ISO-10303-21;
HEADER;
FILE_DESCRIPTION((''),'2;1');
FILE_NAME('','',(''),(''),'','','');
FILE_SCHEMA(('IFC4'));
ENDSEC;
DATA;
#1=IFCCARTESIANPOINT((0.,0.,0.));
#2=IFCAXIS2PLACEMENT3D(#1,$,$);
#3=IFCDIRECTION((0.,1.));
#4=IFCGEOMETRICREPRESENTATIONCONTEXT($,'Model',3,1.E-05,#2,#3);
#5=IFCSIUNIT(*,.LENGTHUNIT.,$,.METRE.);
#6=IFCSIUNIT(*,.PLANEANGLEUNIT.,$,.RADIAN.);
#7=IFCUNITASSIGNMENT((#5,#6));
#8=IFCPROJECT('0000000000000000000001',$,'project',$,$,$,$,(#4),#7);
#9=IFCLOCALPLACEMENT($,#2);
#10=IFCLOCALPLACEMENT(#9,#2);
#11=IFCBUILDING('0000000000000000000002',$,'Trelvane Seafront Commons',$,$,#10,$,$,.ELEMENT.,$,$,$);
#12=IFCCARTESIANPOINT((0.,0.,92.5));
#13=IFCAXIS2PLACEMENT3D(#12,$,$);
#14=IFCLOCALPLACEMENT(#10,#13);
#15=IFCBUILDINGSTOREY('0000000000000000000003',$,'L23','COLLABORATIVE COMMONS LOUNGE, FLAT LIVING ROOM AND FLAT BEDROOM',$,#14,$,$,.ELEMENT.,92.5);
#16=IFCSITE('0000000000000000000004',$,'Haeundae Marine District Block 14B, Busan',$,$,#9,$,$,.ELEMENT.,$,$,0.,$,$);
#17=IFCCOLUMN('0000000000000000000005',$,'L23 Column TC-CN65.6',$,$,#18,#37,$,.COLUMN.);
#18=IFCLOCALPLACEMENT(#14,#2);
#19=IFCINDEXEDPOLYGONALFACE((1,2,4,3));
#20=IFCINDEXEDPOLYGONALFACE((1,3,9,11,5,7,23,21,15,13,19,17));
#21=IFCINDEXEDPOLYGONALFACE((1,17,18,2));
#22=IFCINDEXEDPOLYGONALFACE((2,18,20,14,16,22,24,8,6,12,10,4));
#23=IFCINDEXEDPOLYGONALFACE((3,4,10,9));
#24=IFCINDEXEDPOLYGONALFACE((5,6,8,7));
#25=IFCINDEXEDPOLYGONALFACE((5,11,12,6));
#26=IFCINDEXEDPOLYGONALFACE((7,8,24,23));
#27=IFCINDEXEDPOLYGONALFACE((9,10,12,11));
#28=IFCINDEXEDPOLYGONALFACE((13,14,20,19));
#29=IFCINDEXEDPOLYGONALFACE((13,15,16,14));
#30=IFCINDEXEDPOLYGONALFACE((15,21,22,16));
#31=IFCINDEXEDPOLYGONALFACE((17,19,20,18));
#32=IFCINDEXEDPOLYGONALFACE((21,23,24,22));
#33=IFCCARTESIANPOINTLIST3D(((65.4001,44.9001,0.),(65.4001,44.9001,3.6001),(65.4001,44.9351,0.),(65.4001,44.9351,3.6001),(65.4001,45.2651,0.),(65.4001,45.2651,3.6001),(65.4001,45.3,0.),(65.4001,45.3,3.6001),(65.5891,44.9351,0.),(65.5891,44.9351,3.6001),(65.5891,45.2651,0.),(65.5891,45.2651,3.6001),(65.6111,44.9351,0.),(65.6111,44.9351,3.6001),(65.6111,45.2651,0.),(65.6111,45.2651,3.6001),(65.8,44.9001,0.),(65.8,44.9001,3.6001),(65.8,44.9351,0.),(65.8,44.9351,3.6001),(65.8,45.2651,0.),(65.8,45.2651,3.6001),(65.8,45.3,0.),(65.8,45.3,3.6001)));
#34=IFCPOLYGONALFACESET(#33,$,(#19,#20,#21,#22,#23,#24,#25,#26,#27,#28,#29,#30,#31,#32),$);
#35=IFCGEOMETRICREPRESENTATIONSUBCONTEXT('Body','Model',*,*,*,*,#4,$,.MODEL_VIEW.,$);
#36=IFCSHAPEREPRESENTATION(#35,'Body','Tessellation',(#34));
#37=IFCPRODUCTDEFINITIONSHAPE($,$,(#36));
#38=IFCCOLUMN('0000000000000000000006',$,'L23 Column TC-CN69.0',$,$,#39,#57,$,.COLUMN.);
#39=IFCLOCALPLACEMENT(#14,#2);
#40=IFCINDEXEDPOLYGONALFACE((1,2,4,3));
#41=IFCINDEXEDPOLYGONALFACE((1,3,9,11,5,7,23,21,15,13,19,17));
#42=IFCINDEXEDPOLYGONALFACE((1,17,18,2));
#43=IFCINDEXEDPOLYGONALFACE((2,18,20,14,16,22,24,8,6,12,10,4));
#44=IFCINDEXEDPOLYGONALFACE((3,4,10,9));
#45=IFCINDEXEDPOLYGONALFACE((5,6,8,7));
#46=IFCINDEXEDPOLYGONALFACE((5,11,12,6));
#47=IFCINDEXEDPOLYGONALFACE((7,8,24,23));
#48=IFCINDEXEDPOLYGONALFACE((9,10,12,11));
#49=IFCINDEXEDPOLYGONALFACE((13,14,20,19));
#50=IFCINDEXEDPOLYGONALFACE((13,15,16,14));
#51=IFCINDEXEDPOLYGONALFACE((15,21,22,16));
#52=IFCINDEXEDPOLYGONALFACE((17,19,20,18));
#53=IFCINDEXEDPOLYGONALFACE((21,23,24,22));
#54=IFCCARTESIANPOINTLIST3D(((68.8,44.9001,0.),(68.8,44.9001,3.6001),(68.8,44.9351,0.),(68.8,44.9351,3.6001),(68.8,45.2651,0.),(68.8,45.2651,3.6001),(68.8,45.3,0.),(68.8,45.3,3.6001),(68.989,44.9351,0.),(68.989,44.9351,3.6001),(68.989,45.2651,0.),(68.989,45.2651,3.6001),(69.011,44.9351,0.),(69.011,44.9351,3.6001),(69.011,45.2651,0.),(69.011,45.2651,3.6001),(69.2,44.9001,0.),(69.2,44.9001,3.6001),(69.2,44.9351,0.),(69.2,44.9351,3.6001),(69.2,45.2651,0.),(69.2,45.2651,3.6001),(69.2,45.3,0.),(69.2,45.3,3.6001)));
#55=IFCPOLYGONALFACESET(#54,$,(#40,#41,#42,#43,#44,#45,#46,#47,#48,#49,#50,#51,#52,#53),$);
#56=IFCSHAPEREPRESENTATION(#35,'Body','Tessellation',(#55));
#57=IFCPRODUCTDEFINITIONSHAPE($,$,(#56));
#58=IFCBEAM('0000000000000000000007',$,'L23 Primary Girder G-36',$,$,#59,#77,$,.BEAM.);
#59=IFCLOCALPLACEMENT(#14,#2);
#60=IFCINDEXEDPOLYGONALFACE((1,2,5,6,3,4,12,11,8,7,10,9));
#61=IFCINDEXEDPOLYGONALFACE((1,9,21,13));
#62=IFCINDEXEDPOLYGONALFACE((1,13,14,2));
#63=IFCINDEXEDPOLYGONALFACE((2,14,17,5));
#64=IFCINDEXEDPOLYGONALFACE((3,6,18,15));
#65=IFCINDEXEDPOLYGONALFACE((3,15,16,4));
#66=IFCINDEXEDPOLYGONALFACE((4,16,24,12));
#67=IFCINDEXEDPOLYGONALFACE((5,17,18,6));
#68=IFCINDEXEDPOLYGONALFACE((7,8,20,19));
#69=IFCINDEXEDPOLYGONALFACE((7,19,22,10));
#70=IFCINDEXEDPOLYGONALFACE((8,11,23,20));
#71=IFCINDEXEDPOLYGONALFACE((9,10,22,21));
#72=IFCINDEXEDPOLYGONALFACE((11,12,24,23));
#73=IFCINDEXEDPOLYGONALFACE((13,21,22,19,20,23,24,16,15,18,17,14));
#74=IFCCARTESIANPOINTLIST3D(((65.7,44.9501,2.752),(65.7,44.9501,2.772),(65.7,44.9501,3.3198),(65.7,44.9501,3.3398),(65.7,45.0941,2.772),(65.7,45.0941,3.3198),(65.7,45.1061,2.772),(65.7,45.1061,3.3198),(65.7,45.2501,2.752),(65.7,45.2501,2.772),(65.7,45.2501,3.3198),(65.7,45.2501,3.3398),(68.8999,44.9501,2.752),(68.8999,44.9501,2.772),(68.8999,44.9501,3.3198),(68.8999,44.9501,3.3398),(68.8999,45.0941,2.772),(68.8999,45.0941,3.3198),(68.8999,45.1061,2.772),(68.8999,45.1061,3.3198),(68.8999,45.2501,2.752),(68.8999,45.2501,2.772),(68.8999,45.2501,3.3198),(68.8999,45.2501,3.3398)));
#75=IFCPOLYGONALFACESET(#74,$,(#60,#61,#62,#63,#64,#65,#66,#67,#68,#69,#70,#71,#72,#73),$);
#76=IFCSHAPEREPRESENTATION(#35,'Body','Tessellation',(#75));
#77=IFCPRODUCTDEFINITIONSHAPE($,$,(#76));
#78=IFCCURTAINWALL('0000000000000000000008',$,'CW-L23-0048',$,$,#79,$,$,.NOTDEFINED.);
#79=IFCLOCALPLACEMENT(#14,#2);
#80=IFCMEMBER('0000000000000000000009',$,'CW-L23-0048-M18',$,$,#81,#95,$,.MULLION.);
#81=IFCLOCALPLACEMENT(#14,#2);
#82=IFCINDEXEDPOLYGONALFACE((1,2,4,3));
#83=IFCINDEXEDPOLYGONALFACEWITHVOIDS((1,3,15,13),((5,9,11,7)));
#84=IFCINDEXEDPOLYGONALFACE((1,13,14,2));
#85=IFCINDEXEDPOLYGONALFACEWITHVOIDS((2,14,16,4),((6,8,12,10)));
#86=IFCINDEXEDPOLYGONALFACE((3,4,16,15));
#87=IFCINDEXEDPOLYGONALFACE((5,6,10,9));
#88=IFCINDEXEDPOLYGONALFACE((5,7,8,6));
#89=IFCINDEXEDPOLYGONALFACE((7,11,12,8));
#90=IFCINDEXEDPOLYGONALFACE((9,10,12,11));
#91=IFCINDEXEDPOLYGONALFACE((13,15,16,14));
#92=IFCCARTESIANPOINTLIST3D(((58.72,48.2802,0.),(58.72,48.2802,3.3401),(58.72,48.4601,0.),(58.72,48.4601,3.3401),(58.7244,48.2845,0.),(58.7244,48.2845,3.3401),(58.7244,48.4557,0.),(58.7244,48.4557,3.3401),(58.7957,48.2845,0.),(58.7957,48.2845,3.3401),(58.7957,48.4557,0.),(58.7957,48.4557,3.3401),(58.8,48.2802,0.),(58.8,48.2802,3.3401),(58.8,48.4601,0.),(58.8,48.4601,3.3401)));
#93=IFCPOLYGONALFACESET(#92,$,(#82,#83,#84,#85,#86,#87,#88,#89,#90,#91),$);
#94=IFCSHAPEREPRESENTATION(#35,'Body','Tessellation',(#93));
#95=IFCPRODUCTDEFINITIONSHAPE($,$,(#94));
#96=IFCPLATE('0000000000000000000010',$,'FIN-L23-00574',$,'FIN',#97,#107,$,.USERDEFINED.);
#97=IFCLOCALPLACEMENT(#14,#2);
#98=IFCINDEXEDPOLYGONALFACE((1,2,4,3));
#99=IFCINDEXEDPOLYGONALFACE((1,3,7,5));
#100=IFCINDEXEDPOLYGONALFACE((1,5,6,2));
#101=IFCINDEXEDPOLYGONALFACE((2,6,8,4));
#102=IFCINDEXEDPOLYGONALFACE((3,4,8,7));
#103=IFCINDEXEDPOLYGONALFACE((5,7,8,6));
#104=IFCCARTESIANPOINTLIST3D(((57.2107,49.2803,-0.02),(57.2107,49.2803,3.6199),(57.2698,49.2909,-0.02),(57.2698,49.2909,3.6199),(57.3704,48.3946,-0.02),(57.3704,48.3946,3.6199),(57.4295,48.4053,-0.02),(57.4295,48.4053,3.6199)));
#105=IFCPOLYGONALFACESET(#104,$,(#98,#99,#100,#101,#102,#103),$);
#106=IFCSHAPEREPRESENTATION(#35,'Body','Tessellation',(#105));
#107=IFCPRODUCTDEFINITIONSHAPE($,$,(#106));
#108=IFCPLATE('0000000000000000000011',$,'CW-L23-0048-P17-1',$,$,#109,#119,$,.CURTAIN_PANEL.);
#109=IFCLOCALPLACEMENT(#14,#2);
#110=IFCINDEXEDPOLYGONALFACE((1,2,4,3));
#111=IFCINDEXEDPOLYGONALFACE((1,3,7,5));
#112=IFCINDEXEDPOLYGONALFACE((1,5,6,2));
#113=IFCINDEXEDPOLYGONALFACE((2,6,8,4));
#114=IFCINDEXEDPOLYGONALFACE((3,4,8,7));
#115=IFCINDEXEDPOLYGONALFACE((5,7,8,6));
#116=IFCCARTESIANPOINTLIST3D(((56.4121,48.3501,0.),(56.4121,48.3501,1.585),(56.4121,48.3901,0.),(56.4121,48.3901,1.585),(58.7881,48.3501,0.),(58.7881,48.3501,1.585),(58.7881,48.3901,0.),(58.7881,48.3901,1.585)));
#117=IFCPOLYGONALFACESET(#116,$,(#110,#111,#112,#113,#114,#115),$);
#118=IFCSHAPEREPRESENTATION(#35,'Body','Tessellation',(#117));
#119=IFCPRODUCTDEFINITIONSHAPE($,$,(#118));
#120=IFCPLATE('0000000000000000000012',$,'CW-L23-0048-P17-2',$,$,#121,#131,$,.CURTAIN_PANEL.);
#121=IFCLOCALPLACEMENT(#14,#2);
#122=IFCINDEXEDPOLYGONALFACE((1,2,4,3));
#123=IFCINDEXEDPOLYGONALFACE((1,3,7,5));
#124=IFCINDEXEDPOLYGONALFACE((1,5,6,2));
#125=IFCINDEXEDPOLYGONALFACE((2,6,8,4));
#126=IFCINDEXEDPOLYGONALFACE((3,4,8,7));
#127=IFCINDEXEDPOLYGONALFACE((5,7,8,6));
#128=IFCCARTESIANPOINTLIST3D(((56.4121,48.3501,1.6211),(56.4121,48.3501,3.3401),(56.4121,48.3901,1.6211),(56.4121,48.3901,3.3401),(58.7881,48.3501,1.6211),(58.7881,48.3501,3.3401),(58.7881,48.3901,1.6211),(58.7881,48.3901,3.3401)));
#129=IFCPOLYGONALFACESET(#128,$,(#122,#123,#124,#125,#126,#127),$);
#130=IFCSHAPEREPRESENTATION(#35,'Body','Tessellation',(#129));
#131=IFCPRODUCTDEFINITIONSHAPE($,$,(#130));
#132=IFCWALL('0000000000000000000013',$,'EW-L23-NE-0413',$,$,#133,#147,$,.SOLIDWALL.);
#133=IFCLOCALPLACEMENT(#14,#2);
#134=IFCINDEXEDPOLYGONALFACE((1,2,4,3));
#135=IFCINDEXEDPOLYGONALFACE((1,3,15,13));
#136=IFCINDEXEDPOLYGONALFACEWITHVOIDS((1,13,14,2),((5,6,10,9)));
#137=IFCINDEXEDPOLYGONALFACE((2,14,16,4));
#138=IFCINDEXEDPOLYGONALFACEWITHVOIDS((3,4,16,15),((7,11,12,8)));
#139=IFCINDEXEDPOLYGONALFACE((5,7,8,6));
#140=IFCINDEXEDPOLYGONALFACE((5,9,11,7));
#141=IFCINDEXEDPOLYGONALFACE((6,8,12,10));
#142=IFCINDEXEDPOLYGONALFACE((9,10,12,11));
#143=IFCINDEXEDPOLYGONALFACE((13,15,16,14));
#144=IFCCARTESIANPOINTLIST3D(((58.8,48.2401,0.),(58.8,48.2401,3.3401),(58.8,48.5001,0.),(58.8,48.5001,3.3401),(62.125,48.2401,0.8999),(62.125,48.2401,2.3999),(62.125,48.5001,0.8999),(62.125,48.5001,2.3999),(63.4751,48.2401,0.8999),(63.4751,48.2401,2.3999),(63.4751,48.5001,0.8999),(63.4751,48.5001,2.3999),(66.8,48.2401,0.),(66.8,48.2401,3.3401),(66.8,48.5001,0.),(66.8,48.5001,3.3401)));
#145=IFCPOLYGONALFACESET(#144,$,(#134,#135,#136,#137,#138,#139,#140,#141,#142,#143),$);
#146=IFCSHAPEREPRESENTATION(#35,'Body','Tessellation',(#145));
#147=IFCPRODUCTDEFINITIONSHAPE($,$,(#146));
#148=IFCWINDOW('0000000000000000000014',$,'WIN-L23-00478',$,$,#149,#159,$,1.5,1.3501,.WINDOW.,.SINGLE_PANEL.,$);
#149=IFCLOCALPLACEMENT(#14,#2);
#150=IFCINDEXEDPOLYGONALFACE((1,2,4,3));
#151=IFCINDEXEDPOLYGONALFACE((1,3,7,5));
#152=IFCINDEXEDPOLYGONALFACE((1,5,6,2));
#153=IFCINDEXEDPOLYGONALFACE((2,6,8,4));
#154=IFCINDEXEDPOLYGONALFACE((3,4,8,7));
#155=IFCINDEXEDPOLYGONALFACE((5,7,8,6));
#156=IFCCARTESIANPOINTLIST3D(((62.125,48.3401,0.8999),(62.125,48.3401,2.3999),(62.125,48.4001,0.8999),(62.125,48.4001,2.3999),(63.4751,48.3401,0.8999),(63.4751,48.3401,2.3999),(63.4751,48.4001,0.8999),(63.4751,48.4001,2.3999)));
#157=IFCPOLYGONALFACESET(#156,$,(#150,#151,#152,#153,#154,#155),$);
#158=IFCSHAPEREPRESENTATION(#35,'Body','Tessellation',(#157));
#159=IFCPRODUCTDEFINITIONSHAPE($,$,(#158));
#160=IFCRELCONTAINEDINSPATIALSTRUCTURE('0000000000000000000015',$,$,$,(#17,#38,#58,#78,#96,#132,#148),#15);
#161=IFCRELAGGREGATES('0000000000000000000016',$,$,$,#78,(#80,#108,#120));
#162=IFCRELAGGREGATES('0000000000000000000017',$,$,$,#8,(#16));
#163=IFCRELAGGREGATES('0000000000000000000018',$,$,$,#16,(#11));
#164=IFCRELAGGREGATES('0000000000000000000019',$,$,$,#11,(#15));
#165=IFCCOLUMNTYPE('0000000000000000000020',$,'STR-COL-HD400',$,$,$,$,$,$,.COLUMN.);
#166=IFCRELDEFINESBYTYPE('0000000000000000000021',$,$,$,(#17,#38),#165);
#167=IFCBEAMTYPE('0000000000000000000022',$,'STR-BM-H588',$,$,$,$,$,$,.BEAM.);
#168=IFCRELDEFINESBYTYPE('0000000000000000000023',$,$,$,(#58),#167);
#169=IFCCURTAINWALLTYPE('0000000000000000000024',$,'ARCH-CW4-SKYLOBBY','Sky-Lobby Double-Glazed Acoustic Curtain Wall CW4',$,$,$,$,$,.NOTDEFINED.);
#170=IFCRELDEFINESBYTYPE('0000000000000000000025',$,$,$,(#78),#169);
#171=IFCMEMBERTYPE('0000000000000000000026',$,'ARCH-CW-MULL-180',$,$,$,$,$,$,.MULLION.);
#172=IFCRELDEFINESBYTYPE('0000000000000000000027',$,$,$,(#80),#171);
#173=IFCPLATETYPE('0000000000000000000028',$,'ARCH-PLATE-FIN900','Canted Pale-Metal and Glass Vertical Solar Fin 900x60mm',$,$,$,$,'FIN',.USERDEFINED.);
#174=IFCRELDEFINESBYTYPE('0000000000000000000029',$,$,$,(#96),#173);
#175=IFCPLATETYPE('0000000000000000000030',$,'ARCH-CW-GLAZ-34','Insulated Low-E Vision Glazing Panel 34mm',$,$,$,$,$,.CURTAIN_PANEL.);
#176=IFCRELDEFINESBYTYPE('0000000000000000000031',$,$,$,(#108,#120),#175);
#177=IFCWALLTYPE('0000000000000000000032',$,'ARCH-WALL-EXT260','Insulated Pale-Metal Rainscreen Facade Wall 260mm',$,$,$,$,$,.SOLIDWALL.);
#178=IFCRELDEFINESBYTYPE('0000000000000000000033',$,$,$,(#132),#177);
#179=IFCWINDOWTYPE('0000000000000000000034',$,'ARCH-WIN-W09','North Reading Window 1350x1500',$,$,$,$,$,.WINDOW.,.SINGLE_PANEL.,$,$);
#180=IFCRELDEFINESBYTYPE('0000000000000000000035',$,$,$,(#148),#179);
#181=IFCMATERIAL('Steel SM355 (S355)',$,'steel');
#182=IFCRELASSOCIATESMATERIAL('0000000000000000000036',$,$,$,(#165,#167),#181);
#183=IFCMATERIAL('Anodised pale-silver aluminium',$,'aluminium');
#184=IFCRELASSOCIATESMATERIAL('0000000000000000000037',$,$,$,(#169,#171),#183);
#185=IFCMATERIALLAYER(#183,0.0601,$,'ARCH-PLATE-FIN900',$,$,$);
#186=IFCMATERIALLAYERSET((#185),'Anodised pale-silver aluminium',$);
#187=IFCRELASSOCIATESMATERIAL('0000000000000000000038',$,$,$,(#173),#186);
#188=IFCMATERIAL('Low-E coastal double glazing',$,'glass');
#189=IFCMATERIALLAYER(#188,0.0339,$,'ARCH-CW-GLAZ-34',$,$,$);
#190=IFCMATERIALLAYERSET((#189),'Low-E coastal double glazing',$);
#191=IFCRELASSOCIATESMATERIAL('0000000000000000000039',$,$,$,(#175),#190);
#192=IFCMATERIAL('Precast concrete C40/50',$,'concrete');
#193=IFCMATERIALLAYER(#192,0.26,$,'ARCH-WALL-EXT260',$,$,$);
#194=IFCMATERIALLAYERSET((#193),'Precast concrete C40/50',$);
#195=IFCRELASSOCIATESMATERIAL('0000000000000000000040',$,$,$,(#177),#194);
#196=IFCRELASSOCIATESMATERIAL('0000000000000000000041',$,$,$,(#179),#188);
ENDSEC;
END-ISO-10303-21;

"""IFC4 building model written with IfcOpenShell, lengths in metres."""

from ifc_helpers import new_model, si_unit, direction, frame, frame_2d, origin, origin_2d, place, context, subcontext, project, spatial, rectangle, hollow_rectangle, i_section, extrude, source, transform, mapped, material, layer, layer_set, material_profile, profile_set, type_object, element, fill, aggregate, save


model = new_model("IFC4")

# Units and contexts
model_context = context("Model", 3, precision=1e-05, world=origin(), true_north=direction((0.0, 1.0)))
body_context = subcontext(model_context, "Body", "Model", "MODEL_VIEW")
ifc_project = project(units=[si_unit("LENGTHUNIT", "METRE"), si_unit("PLANEANGLEUNIT", "RADIAN")], contexts=[model_context])

# Site, building, storey
site_placement = place(None, origin())
site = spatial("IfcSite", under=ifc_project, at=site_placement, Name="Haeundae Marine District Block 14B, Busan", CompositionType="ELEMENT", RefElevation=0.0)
building_placement = place(site_placement, origin())
building = spatial("IfcBuilding", under=site, at=building_placement, Name="Trelvane Seafront Commons", CompositionType="ELEMENT")
storey_placement = place(building_placement, frame((0.0, 0.0, 92.5)))
storey = spatial("IfcBuildingStorey", under=building, at=storey_placement, Name="L23", Description="COLLABORATIVE COMMONS LOUNGE, FLAT LIVING ROOM AND FLAT BEDROOM", CompositionType="ELEMENT", Elevation=92.5)

# Columns
ifc_material_1 = material(Name="Steel SM355 (S355)", Category="steel")
ifc_material_profile_1 = material_profile(ifc_material_1, i_section(OverallWidth=0.3999, OverallDepth=0.3999, WebThickness=0.022, FlangeThickness=0.0349, at=origin_2d()), Name="HD-400x400x22x35")
ifc_profile_set_1 = profile_set([ifc_material_profile_1], Name="Steel SM355 (S355)")
column_type = type_object("IfcColumnType", Name="STR-COL-HD400", PredefinedType="COLUMN", material=ifc_profile_set_1)
shared_shape_1 = source(origin(), body_context, "Body", "SweptSolid", [
    extrude(i_section(OverallWidth=0.3999, OverallDepth=0.3999, WebThickness=0.022, FlangeThickness=0.0349, at=origin_2d()), origin(), (0.0, 0.0, 1.0), 3.6001),
])
for number, where, z_axis, x_axis, name in (
    (1, (65.6001, 45.1001, 0.0), (0.0, 0.0, 1.0), (1.0, 0.0, 0.0), "L23 Column TC-CN65.6"),
    (2, (69.0, 45.1001, 0.0), (0.0, 0.0, 1.0), (1.0, 0.0, 0.0), "L23 Column TC-CN69.0"),
):
    element("IfcColumn", number, at=place(storey_placement, frame(where, z_axis=z_axis, x_axis=x_axis)), inside=storey, type_object=column_type, Name=name, PredefinedType="COLUMN", context=body_context, shape_type="MappedRepresentation", body=[
        mapped(shared_shape_1, transform((0.0, 0.0, 0.0), x_axis=(1.0, 0.0, 0.0), y_axis=(0.0, 1.0, 0.0), z_axis=(0.0, 0.0, 1.0), scale=1.0)),
    ])

# Beam
ifc_material_profile_2 = material_profile(ifc_material_1, i_section(OverallWidth=0.3, OverallDepth=0.5879, WebThickness=0.012, FlangeThickness=0.02, at=origin_2d()), Name="H-588x300x12x20")
ifc_profile_set_2 = profile_set([ifc_material_profile_2], Name="Steel SM355 (S355)")
beam_type = type_object("IfcBeamType", Name="STR-BM-H588", PredefinedType="BEAM", material=ifc_profile_set_2)
shared_shape_2 = source(origin(), body_context, "Body", "SweptSolid", [
    extrude(i_section(OverallWidth=0.3, OverallDepth=0.5879, WebThickness=0.012, FlangeThickness=0.02, at=origin_2d()), origin(), (0.0, 0.0, 1.0), 3.2),
])
beam_placement = place(storey_placement, frame((65.7, 45.1001, 3.0459), z_axis=(1.0, 0.0, 0.0), x_axis=(0.0, 1.0, 0.0)))
element("IfcBeam", 3, at=beam_placement, inside=storey, type_object=beam_type, Name="L23 Primary Girder G-36", PredefinedType="BEAM", context=body_context, shape_type="MappedRepresentation", body=[
    mapped(shared_shape_2, transform((0.0, 0.0, 0.0), x_axis=(1.0, 0.0, 0.0), y_axis=(0.0, 1.0, 0.0), z_axis=(0.0, 0.0, 1.0), scale=1.0)),
])

# Curtain wall, member
ifc_material_2 = material(Name="Anodised pale-silver aluminium", Category="aluminium")
curtain_wall_type = type_object("IfcCurtainWallType", Name="ARCH-CW4-SKYLOBBY", Description="Sky-Lobby Double-Glazed Acoustic Curtain Wall CW4", PredefinedType="NOTDEFINED", material=ifc_material_2)
curtain_wall_placement = place(storey_placement, origin())
curtain_wall = element("IfcCurtainWall", 4, at=curtain_wall_placement, inside=storey, type_object=curtain_wall_type, Name="CW-L23-0048", PredefinedType="NOTDEFINED")
ifc_material_profile_3 = material_profile(ifc_material_2, hollow_rectangle(XDim=0.0801, YDim=0.1799, WallThickness=0.0044, at=origin_2d()), Name="MULL-80x180x4.5")
ifc_profile_set_3 = profile_set([ifc_material_profile_3], Name="Anodised pale-silver aluminium")
member_type = type_object("IfcMemberType", Name="ARCH-CW-MULL-180", PredefinedType="MULLION", material=ifc_profile_set_3)
shared_shape_3 = source(origin(), body_context, "Body", "SweptSolid", [
    extrude(hollow_rectangle(XDim=0.0801, YDim=0.1799, WallThickness=0.0044, at=origin_2d()), origin(), (0.0, 0.0, 1.0), 3.3401),
])
member_placement = place(storey_placement, frame((58.76, 48.3701, 0.0), z_axis=(0.0, 0.0, 1.0), x_axis=(1.0, 0.0, 0.0)))
member = element("IfcMember", 5, at=member_placement, type_object=member_type, Name="CW-L23-0048-M18", PredefinedType="MULLION", context=body_context, shape_type="MappedRepresentation", body=[
    mapped(shared_shape_3, transform((0.0, 0.0, 0.0), x_axis=(1.0, 0.0, 0.0), y_axis=(0.0, 1.0, 0.0), z_axis=(0.0, 0.0, 1.0), scale=1.0)),
])

# Plates
ifc_layer_1 = layer(ifc_material_2, 0.0601, Name="ARCH-PLATE-FIN900")
ifc_layer_set_1 = layer_set([ifc_layer_1], Name="Anodised pale-silver aluminium")
plate_type_1 = type_object("IfcPlateType", Name="ARCH-PLATE-FIN900", Description="Canted Pale-Metal and Glass Vertical Solar Fin 900x60mm", ElementType="FIN", PredefinedType="USERDEFINED", material=ifc_layer_set_1)
shared_shape_4 = source(origin(), body_context, "Body", "SweptSolid", [
    extrude(rectangle(XDim=0.8999, YDim=0.0601, at=origin_2d()), origin(), (0.0, 0.0, 1.0), 3.6399),
])
plate_1_placement = place(storey_placement, frame((57.3201, 48.8428, -0.02), z_axis=(0.0, 0.0, 1.0), x_axis=(-0.177447, 0.98413, 0.0)))
element("IfcPlate", 6, at=plate_1_placement, inside=storey, type_object=plate_type_1, Name="FIN-L23-00574", ObjectType="FIN", PredefinedType="USERDEFINED", context=body_context, shape_type="MappedRepresentation", body=[
    mapped(shared_shape_4, transform((0.0, 0.0, 0.0), x_axis=(1.0, 0.0, 0.0), y_axis=(0.0, 1.0, 0.0), z_axis=(0.0, 0.0, 1.0), scale=1.0)),
])
ifc_material_3 = material(Name="Low-E coastal double glazing", Category="glass")
ifc_layer_2 = layer(ifc_material_3, 0.0339, Name="ARCH-CW-GLAZ-34")
ifc_layer_set_2 = layer_set([ifc_layer_2], Name="Low-E coastal double glazing")
plate_type_2 = type_object("IfcPlateType", Name="ARCH-CW-GLAZ-34", Description="Insulated Low-E Vision Glazing Panel 34mm", PredefinedType="CURTAIN_PANEL", material=ifc_layer_set_2)
shared_shape_5 = source(origin(), body_context, "Body", "SweptSolid", [
    extrude(rectangle(XDim=2.376, YDim=0.04, at=origin_2d()), origin(), (0.0, 0.0, 1.0), 1.585),
])
plate_2_placement = place(storey_placement, frame((57.6001, 48.3701, 0.0), z_axis=(0.0, 0.0, 1.0), x_axis=(1.0, 0.0, 0.0)))
plate_2 = element("IfcPlate", 7, at=plate_2_placement, type_object=plate_type_2, Name="CW-L23-0048-P17-1", PredefinedType="CURTAIN_PANEL", context=body_context, shape_type="MappedRepresentation", body=[
    mapped(shared_shape_5, transform((0.0, 0.0, 0.0), x_axis=(1.0, 0.0, 0.0), y_axis=(0.0, 1.0, 0.0), z_axis=(0.0, 0.0, 1.0), scale=1.0)),
])
shared_shape_6 = source(origin(), body_context, "Body", "SweptSolid", [
    extrude(rectangle(XDim=2.376, YDim=0.04, at=origin_2d()), origin(), (0.0, 0.0, 1.0), 1.719),
])
plate_3_placement = place(storey_placement, frame((57.6001, 48.3701, 1.6211), z_axis=(0.0, 0.0, 1.0), x_axis=(1.0, 0.0, 0.0)))
plate_3 = element("IfcPlate", 8, at=plate_3_placement, type_object=plate_type_2, Name="CW-L23-0048-P17-2", PredefinedType="CURTAIN_PANEL", context=body_context, shape_type="MappedRepresentation", body=[
    mapped(shared_shape_6, transform((0.0, 0.0, 0.0), x_axis=(1.0, 0.0, 0.0), y_axis=(0.0, 1.0, 0.0), z_axis=(0.0, 0.0, 1.0), scale=1.0)),
])
aggregate(curtain_wall, [member, plate_2, plate_3])

# Wall, opening, window
ifc_material_4 = material(Name="Precast concrete C40/50", Category="concrete")
ifc_layer_3 = layer(ifc_material_4, 0.26, Name="ARCH-WALL-EXT260")
ifc_layer_set_3 = layer_set([ifc_layer_3], Name="Precast concrete C40/50")
wall_type = type_object("IfcWallType", Name="ARCH-WALL-EXT260", Description="Insulated Pale-Metal Rainscreen Facade Wall 260mm", PredefinedType="SOLIDWALL", material=ifc_layer_set_3)
wall_1_placement = place(storey_placement, frame((58.8, 48.3701, 0.0), z_axis=(0.0, 0.0, 1.0), x_axis=(1.0, 0.0, 0.0)))
wall_1 = element("IfcWall", 9, at=wall_1_placement, inside=storey, type_object=wall_type, Name="EW-L23-NE-0413", PredefinedType="SOLIDWALL", context=body_context, shape_type="SweptSolid", body=[
    extrude(rectangle(XDim=8.0, YDim=0.26, at=frame_2d((4.0, 0.0))), origin(), (0.0, 0.0, 1.0), 3.3401),
])
opening_1_placement = place(wall_1_placement, frame((3.325, 0.0, 0.8999)))
opening_1 = element("IfcOpeningElement", 10, at=opening_1_placement, cuts=wall_1, PredefinedType="OPENING", context=body_context, shape_type="SweptSolid", body=[
    extrude(rectangle(XDim=1.3501, YDim=1.5, at=frame_2d((0.675, 0.75))), frame((0.0, 0.1399, 0.0), z_axis=(0.0, -1.0, 0.0), x_axis=(1.0, 0.0, 0.0)), (0.0, 0.0, 1.0), 0.28),
])
window_type_1 = type_object("IfcWindowType", Name="ARCH-WIN-W09", Description="North Reading Window 1350x1500", PartitioningType="SINGLE_PANEL", PredefinedType="WINDOW", material=ifc_material_3)
shared_shape_7 = source(origin(), body_context, "Body", "SweptSolid", [
    extrude(rectangle(XDim=1.3501, YDim=1.5, at=frame_2d((0.675, 0.75))), frame((0.0, 0.03, 0.0), z_axis=(0.0, -1.0, 0.0), x_axis=(1.0, 0.0, 0.0)), (0.0, 0.0, 1.0), 0.0601),
])
window_1_placement = place(opening_1_placement, origin())
window_1 = element("IfcWindow", 11, at=window_1_placement, inside=storey, type_object=window_type_1, Name="WIN-L23-00478", OverallHeight=1.5, OverallWidth=1.3501, PartitioningType="SINGLE_PANEL", PredefinedType="WINDOW", context=body_context, shape_type="MappedRepresentation", body=[
    mapped(shared_shape_7, transform((0.0, 0.0, 0.0), x_axis=(1.0, 0.0, 0.0), y_axis=(0.0, 1.0, 0.0), z_axis=(0.0, 0.0, 1.0), scale=1.0)),
])
fill(opening_1, window_1)

save(model, "model.ifc")
